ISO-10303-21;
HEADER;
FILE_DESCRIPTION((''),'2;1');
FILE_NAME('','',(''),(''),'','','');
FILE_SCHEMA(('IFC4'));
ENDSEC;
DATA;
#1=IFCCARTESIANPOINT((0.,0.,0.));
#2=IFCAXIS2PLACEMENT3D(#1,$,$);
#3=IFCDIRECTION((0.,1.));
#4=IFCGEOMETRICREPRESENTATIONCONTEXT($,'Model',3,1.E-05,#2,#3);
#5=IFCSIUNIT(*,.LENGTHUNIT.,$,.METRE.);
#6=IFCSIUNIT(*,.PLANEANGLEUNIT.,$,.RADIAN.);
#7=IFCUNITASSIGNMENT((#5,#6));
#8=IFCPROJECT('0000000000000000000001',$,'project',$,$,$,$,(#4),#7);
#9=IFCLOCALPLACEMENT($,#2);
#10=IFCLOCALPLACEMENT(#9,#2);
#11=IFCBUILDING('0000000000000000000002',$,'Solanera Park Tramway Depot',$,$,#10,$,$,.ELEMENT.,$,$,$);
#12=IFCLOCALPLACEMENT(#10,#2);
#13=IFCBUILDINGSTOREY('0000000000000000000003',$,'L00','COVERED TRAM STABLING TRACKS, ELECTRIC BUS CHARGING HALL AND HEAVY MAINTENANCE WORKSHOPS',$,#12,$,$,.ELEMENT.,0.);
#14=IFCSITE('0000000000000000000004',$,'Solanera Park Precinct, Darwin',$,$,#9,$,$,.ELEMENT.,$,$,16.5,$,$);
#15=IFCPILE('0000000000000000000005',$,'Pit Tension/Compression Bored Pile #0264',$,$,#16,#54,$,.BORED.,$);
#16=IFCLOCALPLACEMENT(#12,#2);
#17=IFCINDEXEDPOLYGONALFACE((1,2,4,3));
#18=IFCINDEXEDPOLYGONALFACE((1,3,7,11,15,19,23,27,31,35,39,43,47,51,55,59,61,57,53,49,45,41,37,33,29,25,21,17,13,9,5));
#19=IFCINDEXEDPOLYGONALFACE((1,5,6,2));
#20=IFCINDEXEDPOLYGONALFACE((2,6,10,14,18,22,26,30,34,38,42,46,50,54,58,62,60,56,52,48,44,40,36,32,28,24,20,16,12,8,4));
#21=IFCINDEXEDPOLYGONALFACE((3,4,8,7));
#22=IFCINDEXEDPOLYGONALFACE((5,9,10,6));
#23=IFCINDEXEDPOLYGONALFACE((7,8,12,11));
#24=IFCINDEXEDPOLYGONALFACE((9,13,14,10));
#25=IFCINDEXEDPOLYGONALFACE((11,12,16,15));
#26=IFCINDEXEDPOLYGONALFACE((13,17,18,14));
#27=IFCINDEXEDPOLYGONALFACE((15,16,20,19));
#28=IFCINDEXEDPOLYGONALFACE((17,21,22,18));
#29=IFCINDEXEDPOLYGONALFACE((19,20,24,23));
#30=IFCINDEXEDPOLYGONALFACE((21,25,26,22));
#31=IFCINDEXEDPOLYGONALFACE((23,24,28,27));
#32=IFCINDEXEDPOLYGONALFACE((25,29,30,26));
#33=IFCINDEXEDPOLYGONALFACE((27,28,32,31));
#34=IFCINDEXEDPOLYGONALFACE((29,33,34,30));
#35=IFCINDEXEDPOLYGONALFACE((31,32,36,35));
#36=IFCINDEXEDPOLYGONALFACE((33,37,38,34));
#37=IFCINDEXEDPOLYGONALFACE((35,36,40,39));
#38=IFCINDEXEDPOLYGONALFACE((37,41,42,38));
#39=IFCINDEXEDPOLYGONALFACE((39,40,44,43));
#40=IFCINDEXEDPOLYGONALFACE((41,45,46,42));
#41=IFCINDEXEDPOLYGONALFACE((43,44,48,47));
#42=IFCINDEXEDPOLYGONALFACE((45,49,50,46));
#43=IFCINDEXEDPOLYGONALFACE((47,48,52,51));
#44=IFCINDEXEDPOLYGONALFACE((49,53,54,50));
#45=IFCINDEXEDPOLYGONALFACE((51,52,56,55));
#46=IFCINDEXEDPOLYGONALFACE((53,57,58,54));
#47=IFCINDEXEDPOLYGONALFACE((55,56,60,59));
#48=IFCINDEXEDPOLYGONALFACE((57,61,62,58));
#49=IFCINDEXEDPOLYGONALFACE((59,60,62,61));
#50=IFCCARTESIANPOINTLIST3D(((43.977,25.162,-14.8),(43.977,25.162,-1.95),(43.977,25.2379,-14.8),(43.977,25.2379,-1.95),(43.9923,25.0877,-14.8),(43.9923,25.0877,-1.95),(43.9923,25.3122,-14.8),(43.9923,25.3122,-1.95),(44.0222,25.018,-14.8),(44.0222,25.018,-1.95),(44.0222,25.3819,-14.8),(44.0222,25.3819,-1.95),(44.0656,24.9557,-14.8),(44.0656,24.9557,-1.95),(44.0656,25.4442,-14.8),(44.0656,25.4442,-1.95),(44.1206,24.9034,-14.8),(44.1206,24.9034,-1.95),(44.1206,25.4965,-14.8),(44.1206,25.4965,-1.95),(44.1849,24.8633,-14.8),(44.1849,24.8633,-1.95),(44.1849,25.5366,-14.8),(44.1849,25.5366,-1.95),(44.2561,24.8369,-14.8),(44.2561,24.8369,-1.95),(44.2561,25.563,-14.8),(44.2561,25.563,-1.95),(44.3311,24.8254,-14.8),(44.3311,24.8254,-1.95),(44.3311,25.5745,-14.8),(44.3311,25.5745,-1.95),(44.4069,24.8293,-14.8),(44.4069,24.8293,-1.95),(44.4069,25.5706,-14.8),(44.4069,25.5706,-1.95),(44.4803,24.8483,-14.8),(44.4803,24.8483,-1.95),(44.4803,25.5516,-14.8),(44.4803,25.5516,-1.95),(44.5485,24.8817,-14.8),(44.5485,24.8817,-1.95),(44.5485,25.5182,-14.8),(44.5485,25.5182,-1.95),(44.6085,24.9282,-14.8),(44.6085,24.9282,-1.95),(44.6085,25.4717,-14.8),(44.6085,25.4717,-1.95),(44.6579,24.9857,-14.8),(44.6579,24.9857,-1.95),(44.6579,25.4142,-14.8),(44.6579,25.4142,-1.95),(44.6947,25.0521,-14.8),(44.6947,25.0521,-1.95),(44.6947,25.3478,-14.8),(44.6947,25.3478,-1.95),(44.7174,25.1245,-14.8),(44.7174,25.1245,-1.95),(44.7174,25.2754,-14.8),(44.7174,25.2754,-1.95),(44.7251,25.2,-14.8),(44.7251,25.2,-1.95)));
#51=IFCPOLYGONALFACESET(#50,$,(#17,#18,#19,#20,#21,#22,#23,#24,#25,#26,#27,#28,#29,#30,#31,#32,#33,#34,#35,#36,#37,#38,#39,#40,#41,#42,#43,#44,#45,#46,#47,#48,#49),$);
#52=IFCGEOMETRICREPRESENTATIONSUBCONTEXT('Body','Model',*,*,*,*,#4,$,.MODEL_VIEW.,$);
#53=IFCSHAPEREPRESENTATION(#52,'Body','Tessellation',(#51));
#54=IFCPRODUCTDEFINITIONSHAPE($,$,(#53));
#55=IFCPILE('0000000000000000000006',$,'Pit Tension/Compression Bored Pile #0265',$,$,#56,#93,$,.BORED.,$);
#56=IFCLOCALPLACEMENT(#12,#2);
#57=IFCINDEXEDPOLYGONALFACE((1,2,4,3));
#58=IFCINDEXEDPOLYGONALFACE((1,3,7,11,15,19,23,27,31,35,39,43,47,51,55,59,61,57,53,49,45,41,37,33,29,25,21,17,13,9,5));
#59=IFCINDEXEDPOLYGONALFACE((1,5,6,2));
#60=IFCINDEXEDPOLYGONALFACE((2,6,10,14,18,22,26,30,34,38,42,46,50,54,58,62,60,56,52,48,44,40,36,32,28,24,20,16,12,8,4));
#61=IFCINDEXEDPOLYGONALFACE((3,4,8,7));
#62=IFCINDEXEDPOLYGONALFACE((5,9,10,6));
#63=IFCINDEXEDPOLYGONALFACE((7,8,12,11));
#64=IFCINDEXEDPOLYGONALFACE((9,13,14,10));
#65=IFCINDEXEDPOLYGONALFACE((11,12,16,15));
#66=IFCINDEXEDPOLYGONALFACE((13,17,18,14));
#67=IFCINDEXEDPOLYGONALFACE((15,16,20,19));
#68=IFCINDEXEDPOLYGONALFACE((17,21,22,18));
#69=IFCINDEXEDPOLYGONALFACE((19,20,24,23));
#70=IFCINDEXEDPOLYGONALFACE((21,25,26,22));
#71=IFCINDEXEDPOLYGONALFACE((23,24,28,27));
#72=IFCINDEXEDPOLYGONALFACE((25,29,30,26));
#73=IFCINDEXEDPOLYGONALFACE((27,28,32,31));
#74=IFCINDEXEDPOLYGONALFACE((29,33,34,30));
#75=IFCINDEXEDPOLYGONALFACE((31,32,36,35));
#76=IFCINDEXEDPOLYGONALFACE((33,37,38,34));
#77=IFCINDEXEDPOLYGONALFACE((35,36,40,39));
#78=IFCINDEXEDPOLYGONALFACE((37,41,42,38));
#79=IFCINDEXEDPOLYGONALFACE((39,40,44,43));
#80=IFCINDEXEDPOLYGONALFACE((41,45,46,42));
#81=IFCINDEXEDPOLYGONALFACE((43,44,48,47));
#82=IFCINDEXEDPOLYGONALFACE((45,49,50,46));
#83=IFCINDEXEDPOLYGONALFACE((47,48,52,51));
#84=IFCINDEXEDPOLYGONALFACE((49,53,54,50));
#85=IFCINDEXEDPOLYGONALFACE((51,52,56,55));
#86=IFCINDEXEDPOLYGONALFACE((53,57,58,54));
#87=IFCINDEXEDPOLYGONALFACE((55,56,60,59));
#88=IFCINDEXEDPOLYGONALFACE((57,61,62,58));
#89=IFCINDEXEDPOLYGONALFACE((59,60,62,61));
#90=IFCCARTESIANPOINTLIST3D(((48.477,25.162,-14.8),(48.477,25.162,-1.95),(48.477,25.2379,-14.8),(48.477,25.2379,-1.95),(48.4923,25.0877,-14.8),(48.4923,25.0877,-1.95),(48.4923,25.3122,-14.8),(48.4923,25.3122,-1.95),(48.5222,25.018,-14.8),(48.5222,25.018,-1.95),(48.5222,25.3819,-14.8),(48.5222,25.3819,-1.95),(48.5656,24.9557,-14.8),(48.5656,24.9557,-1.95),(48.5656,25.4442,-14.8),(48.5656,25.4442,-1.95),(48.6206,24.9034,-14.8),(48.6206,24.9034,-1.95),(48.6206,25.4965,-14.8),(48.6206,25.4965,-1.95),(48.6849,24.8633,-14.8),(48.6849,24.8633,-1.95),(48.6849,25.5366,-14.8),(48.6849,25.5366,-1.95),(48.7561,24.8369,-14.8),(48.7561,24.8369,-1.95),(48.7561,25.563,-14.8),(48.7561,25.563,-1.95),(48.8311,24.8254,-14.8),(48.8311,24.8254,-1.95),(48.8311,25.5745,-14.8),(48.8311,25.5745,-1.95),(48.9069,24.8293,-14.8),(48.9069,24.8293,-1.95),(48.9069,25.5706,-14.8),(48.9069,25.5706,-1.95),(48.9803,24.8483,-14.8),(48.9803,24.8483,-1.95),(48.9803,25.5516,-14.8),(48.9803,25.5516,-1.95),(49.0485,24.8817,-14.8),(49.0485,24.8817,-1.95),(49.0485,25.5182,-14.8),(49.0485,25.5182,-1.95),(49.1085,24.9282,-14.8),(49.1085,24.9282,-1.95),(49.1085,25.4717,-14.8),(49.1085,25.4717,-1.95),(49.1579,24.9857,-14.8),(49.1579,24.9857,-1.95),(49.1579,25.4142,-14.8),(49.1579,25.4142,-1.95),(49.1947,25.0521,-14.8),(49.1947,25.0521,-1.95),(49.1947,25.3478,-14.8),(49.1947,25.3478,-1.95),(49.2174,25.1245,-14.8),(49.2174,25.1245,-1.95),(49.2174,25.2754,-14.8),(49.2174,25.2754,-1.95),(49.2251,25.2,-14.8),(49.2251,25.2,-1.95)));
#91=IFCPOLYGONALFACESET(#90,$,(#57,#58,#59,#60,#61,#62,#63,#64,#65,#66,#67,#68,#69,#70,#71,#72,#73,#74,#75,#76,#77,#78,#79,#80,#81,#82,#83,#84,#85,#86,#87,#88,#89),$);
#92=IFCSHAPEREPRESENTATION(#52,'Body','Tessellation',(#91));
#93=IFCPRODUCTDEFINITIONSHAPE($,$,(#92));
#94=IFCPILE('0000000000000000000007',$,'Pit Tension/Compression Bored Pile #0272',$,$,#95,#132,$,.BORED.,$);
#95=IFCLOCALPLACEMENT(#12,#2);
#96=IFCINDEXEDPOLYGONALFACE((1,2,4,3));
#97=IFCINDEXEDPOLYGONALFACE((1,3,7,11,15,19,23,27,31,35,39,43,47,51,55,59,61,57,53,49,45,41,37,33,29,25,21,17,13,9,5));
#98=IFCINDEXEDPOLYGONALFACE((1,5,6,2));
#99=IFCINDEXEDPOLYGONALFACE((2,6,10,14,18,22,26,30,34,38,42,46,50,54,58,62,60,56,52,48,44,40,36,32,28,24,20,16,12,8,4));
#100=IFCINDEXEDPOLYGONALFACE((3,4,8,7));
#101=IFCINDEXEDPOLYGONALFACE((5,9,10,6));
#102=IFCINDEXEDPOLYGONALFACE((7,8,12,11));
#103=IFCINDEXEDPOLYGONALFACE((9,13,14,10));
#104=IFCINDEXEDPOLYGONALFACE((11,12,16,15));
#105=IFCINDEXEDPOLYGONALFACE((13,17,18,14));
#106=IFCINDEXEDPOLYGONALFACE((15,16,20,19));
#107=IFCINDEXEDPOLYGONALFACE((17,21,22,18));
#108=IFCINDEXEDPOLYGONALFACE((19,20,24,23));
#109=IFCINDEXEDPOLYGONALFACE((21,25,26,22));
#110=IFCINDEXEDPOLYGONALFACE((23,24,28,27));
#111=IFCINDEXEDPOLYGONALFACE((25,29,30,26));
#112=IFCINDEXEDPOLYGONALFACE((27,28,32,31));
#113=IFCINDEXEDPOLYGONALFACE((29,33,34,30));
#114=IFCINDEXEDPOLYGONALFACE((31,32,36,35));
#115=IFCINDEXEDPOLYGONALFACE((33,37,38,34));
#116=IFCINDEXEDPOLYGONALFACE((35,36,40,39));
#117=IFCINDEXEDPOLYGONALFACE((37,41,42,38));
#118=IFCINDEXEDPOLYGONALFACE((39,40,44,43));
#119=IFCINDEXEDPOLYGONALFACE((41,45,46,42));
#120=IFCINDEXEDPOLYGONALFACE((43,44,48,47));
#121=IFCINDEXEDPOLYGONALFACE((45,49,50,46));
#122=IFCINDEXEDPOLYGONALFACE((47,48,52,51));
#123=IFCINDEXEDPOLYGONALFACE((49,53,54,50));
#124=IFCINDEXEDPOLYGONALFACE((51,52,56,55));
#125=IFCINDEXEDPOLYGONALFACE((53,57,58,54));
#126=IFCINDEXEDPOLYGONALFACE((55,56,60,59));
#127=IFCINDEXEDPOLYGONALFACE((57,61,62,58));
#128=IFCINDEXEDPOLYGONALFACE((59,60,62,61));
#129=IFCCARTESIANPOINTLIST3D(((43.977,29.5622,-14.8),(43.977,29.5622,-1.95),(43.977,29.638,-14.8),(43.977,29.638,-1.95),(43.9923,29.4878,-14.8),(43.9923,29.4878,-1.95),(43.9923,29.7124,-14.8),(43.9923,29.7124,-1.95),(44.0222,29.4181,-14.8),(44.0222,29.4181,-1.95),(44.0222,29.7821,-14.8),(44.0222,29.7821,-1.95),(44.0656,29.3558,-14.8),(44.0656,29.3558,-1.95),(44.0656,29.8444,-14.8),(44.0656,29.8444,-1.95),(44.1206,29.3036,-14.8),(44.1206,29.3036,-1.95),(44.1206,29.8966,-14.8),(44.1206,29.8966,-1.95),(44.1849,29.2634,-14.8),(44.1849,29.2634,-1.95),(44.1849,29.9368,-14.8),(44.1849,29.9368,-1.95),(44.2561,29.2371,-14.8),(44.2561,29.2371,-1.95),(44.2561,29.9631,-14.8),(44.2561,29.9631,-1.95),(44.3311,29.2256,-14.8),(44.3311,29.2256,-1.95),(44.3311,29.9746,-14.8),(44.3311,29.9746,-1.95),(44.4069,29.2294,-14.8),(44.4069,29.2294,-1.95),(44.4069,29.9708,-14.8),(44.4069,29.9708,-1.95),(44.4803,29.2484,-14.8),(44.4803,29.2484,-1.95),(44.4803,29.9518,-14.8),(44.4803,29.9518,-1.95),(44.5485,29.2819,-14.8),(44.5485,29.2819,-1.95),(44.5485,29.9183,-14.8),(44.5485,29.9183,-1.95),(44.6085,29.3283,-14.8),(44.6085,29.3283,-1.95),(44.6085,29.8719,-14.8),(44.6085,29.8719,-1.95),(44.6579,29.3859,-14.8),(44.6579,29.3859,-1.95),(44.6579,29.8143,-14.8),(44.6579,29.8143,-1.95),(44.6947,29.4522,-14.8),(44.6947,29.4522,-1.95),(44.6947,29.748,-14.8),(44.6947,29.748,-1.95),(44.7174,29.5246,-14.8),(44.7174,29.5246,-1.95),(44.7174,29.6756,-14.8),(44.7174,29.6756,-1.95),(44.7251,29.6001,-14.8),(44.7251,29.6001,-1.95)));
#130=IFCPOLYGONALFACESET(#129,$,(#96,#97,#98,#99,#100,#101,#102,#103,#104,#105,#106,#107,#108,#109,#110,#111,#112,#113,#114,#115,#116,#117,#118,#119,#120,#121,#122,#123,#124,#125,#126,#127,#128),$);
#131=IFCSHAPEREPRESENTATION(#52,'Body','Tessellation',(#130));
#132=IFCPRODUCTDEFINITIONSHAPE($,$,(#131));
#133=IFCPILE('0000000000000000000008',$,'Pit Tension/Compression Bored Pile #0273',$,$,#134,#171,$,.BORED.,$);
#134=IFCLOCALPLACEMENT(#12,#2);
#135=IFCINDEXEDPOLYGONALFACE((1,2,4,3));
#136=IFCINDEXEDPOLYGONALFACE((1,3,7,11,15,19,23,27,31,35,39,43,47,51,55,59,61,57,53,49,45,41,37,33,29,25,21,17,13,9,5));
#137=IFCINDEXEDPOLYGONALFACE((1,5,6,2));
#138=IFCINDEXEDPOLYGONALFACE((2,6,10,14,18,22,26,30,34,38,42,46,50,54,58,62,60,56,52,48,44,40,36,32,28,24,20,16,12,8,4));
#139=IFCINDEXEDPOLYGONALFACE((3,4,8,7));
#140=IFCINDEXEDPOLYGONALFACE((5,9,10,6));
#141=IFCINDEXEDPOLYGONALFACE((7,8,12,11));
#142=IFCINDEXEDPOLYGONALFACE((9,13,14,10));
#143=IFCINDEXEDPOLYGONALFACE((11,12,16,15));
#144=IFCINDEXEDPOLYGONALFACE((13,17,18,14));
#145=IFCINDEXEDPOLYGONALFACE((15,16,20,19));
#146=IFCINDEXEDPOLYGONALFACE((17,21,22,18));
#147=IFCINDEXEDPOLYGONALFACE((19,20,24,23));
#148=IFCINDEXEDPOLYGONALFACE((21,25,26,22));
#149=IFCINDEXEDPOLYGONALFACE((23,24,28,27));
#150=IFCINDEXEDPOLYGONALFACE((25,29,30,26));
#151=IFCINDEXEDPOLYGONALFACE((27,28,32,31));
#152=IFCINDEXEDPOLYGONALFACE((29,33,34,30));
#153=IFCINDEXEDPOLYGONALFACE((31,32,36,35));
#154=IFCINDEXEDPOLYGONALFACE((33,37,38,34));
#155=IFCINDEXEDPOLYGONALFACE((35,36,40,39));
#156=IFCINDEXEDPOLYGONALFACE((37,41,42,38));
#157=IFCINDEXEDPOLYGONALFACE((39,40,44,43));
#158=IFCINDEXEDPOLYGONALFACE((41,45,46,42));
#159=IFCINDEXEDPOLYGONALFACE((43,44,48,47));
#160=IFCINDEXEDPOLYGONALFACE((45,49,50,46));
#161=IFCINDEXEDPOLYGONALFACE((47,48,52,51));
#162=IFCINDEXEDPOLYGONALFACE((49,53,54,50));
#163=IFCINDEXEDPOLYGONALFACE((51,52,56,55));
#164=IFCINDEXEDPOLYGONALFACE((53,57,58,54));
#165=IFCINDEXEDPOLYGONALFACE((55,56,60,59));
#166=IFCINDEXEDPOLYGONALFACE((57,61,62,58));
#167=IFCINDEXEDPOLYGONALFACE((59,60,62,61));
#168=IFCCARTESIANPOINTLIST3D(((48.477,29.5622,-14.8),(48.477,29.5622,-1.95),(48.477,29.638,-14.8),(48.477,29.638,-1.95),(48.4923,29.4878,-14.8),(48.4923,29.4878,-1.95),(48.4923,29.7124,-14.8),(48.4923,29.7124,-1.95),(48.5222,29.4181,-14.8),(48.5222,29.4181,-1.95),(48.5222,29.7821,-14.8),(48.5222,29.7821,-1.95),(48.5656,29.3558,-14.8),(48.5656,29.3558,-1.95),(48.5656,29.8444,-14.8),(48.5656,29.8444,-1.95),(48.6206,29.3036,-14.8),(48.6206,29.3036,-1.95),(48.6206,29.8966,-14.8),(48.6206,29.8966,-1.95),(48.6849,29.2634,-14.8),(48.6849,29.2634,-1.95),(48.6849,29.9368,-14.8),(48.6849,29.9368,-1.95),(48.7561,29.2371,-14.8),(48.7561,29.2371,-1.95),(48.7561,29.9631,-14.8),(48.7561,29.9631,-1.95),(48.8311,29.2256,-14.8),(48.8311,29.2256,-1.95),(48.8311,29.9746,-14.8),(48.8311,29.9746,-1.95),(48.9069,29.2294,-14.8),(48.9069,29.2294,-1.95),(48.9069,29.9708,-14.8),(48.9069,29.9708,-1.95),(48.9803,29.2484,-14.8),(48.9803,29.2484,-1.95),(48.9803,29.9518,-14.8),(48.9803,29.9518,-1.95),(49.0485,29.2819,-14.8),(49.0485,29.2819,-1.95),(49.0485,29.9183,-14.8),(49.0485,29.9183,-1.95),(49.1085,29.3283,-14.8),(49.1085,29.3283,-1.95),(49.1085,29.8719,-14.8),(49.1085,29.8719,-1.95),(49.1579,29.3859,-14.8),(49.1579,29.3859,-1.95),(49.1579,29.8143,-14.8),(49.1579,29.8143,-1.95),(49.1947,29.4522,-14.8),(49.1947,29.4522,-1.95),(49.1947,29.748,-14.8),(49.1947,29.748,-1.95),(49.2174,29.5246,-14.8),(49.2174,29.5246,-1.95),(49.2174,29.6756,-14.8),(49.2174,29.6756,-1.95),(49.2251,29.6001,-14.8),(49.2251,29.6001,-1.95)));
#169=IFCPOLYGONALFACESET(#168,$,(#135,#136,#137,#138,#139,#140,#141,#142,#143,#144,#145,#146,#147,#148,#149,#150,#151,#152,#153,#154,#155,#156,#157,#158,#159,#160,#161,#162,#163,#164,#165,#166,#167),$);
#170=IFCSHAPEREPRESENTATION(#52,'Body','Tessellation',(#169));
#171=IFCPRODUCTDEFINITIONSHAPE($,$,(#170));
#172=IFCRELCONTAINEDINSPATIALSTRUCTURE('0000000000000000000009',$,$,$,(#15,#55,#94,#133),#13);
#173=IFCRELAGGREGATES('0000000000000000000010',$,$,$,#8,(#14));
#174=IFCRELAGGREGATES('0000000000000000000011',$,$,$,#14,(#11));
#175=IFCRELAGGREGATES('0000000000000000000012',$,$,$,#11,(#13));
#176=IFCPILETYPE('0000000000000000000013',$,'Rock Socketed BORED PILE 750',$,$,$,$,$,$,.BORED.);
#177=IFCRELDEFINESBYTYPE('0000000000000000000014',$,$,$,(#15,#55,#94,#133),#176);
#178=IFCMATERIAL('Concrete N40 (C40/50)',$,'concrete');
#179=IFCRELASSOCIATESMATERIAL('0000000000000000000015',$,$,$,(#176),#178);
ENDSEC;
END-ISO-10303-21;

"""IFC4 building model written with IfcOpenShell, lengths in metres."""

from ifc_helpers import new_model, si_unit, direction, frame, origin, origin_2d, place, context, subcontext, project, spatial, circle, extrude, material, material_profile, profile_set, type_object, element, save


model = new_model("IFC4")

# Units and contexts
model_context = context("Model", 3, precision=1e-05, world=origin(), true_north=direction((0.0, 1.0)))
body_context = subcontext(model_context, "Body", "Model", "MODEL_VIEW")
ifc_project = project(units=[si_unit("LENGTHUNIT", "METRE"), si_unit("PLANEANGLEUNIT", "RADIAN")], contexts=[model_context])

# Site, building, storey
site_placement = place(None, origin())
site = spatial("IfcSite", under=ifc_project, at=site_placement, Name="Solanera Park Precinct, Darwin", CompositionType="ELEMENT", RefElevation=16.5)
building_placement = place(site_placement, origin())
building = spatial("IfcBuilding", under=site, at=building_placement, Name="Solanera Park Tramway Depot", CompositionType="ELEMENT")
storey_placement = place(building_placement, origin())
storey = spatial("IfcBuildingStorey", under=building, at=storey_placement, Name="L00", Description="COVERED TRAM STABLING TRACKS, ELECTRIC BUS CHARGING HALL AND HEAVY MAINTENANCE WORKSHOPS", CompositionType="ELEMENT", Elevation=0.0)

# Piles
ifc_material_1 = material(Name="Concrete N40 (C40/50)", Category="concrete")
ifc_material_profile_1 = material_profile(ifc_material_1, circle(Radius=0.375, at=origin_2d()), Name="BORED PILE 750")
ifc_profile_set_1 = profile_set([ifc_material_profile_1], Name="Concrete N40 (C40/50)")
pile_type_1 = type_object("IfcPileType", Name="Rock Socketed BORED PILE 750", PredefinedType="BORED", material=ifc_profile_set_1)
for number, where, z_axis, x_axis, name in (
    (1, (44.3501, 25.2, -1.95), (0.0, 0.0, -1.0), (1.0, 0.0, 0.0), "Pit Tension/Compression Bored Pile #0264"),
    (2, (48.8501, 25.2, -1.95), (0.0, 0.0, -1.0), (1.0, 0.0, 0.0), "Pit Tension/Compression Bored Pile #0265"),
    (3, (44.3501, 29.6001, -1.95), (0.0, 0.0, -1.0), (1.0, 0.0, 0.0), "Pit Tension/Compression Bored Pile #0272"),
    (4, (48.8501, 29.6001, -1.95), (0.0, 0.0, -1.0), (1.0, 0.0, 0.0), "Pit Tension/Compression Bored Pile #0273"),
):
    element("IfcPile", number, at=place(storey_placement, frame(where, z_axis=z_axis, x_axis=x_axis)), inside=storey, type_object=pile_type_1, Name=name, PredefinedType="BORED", context=body_context, shape_type="SweptSolid", body=[
        extrude(circle(Radius=0.375, at=origin_2d()), origin(), (0.0, 0.0, 1.0), 12.8501),
    ])

save(model, "model.ifc")
